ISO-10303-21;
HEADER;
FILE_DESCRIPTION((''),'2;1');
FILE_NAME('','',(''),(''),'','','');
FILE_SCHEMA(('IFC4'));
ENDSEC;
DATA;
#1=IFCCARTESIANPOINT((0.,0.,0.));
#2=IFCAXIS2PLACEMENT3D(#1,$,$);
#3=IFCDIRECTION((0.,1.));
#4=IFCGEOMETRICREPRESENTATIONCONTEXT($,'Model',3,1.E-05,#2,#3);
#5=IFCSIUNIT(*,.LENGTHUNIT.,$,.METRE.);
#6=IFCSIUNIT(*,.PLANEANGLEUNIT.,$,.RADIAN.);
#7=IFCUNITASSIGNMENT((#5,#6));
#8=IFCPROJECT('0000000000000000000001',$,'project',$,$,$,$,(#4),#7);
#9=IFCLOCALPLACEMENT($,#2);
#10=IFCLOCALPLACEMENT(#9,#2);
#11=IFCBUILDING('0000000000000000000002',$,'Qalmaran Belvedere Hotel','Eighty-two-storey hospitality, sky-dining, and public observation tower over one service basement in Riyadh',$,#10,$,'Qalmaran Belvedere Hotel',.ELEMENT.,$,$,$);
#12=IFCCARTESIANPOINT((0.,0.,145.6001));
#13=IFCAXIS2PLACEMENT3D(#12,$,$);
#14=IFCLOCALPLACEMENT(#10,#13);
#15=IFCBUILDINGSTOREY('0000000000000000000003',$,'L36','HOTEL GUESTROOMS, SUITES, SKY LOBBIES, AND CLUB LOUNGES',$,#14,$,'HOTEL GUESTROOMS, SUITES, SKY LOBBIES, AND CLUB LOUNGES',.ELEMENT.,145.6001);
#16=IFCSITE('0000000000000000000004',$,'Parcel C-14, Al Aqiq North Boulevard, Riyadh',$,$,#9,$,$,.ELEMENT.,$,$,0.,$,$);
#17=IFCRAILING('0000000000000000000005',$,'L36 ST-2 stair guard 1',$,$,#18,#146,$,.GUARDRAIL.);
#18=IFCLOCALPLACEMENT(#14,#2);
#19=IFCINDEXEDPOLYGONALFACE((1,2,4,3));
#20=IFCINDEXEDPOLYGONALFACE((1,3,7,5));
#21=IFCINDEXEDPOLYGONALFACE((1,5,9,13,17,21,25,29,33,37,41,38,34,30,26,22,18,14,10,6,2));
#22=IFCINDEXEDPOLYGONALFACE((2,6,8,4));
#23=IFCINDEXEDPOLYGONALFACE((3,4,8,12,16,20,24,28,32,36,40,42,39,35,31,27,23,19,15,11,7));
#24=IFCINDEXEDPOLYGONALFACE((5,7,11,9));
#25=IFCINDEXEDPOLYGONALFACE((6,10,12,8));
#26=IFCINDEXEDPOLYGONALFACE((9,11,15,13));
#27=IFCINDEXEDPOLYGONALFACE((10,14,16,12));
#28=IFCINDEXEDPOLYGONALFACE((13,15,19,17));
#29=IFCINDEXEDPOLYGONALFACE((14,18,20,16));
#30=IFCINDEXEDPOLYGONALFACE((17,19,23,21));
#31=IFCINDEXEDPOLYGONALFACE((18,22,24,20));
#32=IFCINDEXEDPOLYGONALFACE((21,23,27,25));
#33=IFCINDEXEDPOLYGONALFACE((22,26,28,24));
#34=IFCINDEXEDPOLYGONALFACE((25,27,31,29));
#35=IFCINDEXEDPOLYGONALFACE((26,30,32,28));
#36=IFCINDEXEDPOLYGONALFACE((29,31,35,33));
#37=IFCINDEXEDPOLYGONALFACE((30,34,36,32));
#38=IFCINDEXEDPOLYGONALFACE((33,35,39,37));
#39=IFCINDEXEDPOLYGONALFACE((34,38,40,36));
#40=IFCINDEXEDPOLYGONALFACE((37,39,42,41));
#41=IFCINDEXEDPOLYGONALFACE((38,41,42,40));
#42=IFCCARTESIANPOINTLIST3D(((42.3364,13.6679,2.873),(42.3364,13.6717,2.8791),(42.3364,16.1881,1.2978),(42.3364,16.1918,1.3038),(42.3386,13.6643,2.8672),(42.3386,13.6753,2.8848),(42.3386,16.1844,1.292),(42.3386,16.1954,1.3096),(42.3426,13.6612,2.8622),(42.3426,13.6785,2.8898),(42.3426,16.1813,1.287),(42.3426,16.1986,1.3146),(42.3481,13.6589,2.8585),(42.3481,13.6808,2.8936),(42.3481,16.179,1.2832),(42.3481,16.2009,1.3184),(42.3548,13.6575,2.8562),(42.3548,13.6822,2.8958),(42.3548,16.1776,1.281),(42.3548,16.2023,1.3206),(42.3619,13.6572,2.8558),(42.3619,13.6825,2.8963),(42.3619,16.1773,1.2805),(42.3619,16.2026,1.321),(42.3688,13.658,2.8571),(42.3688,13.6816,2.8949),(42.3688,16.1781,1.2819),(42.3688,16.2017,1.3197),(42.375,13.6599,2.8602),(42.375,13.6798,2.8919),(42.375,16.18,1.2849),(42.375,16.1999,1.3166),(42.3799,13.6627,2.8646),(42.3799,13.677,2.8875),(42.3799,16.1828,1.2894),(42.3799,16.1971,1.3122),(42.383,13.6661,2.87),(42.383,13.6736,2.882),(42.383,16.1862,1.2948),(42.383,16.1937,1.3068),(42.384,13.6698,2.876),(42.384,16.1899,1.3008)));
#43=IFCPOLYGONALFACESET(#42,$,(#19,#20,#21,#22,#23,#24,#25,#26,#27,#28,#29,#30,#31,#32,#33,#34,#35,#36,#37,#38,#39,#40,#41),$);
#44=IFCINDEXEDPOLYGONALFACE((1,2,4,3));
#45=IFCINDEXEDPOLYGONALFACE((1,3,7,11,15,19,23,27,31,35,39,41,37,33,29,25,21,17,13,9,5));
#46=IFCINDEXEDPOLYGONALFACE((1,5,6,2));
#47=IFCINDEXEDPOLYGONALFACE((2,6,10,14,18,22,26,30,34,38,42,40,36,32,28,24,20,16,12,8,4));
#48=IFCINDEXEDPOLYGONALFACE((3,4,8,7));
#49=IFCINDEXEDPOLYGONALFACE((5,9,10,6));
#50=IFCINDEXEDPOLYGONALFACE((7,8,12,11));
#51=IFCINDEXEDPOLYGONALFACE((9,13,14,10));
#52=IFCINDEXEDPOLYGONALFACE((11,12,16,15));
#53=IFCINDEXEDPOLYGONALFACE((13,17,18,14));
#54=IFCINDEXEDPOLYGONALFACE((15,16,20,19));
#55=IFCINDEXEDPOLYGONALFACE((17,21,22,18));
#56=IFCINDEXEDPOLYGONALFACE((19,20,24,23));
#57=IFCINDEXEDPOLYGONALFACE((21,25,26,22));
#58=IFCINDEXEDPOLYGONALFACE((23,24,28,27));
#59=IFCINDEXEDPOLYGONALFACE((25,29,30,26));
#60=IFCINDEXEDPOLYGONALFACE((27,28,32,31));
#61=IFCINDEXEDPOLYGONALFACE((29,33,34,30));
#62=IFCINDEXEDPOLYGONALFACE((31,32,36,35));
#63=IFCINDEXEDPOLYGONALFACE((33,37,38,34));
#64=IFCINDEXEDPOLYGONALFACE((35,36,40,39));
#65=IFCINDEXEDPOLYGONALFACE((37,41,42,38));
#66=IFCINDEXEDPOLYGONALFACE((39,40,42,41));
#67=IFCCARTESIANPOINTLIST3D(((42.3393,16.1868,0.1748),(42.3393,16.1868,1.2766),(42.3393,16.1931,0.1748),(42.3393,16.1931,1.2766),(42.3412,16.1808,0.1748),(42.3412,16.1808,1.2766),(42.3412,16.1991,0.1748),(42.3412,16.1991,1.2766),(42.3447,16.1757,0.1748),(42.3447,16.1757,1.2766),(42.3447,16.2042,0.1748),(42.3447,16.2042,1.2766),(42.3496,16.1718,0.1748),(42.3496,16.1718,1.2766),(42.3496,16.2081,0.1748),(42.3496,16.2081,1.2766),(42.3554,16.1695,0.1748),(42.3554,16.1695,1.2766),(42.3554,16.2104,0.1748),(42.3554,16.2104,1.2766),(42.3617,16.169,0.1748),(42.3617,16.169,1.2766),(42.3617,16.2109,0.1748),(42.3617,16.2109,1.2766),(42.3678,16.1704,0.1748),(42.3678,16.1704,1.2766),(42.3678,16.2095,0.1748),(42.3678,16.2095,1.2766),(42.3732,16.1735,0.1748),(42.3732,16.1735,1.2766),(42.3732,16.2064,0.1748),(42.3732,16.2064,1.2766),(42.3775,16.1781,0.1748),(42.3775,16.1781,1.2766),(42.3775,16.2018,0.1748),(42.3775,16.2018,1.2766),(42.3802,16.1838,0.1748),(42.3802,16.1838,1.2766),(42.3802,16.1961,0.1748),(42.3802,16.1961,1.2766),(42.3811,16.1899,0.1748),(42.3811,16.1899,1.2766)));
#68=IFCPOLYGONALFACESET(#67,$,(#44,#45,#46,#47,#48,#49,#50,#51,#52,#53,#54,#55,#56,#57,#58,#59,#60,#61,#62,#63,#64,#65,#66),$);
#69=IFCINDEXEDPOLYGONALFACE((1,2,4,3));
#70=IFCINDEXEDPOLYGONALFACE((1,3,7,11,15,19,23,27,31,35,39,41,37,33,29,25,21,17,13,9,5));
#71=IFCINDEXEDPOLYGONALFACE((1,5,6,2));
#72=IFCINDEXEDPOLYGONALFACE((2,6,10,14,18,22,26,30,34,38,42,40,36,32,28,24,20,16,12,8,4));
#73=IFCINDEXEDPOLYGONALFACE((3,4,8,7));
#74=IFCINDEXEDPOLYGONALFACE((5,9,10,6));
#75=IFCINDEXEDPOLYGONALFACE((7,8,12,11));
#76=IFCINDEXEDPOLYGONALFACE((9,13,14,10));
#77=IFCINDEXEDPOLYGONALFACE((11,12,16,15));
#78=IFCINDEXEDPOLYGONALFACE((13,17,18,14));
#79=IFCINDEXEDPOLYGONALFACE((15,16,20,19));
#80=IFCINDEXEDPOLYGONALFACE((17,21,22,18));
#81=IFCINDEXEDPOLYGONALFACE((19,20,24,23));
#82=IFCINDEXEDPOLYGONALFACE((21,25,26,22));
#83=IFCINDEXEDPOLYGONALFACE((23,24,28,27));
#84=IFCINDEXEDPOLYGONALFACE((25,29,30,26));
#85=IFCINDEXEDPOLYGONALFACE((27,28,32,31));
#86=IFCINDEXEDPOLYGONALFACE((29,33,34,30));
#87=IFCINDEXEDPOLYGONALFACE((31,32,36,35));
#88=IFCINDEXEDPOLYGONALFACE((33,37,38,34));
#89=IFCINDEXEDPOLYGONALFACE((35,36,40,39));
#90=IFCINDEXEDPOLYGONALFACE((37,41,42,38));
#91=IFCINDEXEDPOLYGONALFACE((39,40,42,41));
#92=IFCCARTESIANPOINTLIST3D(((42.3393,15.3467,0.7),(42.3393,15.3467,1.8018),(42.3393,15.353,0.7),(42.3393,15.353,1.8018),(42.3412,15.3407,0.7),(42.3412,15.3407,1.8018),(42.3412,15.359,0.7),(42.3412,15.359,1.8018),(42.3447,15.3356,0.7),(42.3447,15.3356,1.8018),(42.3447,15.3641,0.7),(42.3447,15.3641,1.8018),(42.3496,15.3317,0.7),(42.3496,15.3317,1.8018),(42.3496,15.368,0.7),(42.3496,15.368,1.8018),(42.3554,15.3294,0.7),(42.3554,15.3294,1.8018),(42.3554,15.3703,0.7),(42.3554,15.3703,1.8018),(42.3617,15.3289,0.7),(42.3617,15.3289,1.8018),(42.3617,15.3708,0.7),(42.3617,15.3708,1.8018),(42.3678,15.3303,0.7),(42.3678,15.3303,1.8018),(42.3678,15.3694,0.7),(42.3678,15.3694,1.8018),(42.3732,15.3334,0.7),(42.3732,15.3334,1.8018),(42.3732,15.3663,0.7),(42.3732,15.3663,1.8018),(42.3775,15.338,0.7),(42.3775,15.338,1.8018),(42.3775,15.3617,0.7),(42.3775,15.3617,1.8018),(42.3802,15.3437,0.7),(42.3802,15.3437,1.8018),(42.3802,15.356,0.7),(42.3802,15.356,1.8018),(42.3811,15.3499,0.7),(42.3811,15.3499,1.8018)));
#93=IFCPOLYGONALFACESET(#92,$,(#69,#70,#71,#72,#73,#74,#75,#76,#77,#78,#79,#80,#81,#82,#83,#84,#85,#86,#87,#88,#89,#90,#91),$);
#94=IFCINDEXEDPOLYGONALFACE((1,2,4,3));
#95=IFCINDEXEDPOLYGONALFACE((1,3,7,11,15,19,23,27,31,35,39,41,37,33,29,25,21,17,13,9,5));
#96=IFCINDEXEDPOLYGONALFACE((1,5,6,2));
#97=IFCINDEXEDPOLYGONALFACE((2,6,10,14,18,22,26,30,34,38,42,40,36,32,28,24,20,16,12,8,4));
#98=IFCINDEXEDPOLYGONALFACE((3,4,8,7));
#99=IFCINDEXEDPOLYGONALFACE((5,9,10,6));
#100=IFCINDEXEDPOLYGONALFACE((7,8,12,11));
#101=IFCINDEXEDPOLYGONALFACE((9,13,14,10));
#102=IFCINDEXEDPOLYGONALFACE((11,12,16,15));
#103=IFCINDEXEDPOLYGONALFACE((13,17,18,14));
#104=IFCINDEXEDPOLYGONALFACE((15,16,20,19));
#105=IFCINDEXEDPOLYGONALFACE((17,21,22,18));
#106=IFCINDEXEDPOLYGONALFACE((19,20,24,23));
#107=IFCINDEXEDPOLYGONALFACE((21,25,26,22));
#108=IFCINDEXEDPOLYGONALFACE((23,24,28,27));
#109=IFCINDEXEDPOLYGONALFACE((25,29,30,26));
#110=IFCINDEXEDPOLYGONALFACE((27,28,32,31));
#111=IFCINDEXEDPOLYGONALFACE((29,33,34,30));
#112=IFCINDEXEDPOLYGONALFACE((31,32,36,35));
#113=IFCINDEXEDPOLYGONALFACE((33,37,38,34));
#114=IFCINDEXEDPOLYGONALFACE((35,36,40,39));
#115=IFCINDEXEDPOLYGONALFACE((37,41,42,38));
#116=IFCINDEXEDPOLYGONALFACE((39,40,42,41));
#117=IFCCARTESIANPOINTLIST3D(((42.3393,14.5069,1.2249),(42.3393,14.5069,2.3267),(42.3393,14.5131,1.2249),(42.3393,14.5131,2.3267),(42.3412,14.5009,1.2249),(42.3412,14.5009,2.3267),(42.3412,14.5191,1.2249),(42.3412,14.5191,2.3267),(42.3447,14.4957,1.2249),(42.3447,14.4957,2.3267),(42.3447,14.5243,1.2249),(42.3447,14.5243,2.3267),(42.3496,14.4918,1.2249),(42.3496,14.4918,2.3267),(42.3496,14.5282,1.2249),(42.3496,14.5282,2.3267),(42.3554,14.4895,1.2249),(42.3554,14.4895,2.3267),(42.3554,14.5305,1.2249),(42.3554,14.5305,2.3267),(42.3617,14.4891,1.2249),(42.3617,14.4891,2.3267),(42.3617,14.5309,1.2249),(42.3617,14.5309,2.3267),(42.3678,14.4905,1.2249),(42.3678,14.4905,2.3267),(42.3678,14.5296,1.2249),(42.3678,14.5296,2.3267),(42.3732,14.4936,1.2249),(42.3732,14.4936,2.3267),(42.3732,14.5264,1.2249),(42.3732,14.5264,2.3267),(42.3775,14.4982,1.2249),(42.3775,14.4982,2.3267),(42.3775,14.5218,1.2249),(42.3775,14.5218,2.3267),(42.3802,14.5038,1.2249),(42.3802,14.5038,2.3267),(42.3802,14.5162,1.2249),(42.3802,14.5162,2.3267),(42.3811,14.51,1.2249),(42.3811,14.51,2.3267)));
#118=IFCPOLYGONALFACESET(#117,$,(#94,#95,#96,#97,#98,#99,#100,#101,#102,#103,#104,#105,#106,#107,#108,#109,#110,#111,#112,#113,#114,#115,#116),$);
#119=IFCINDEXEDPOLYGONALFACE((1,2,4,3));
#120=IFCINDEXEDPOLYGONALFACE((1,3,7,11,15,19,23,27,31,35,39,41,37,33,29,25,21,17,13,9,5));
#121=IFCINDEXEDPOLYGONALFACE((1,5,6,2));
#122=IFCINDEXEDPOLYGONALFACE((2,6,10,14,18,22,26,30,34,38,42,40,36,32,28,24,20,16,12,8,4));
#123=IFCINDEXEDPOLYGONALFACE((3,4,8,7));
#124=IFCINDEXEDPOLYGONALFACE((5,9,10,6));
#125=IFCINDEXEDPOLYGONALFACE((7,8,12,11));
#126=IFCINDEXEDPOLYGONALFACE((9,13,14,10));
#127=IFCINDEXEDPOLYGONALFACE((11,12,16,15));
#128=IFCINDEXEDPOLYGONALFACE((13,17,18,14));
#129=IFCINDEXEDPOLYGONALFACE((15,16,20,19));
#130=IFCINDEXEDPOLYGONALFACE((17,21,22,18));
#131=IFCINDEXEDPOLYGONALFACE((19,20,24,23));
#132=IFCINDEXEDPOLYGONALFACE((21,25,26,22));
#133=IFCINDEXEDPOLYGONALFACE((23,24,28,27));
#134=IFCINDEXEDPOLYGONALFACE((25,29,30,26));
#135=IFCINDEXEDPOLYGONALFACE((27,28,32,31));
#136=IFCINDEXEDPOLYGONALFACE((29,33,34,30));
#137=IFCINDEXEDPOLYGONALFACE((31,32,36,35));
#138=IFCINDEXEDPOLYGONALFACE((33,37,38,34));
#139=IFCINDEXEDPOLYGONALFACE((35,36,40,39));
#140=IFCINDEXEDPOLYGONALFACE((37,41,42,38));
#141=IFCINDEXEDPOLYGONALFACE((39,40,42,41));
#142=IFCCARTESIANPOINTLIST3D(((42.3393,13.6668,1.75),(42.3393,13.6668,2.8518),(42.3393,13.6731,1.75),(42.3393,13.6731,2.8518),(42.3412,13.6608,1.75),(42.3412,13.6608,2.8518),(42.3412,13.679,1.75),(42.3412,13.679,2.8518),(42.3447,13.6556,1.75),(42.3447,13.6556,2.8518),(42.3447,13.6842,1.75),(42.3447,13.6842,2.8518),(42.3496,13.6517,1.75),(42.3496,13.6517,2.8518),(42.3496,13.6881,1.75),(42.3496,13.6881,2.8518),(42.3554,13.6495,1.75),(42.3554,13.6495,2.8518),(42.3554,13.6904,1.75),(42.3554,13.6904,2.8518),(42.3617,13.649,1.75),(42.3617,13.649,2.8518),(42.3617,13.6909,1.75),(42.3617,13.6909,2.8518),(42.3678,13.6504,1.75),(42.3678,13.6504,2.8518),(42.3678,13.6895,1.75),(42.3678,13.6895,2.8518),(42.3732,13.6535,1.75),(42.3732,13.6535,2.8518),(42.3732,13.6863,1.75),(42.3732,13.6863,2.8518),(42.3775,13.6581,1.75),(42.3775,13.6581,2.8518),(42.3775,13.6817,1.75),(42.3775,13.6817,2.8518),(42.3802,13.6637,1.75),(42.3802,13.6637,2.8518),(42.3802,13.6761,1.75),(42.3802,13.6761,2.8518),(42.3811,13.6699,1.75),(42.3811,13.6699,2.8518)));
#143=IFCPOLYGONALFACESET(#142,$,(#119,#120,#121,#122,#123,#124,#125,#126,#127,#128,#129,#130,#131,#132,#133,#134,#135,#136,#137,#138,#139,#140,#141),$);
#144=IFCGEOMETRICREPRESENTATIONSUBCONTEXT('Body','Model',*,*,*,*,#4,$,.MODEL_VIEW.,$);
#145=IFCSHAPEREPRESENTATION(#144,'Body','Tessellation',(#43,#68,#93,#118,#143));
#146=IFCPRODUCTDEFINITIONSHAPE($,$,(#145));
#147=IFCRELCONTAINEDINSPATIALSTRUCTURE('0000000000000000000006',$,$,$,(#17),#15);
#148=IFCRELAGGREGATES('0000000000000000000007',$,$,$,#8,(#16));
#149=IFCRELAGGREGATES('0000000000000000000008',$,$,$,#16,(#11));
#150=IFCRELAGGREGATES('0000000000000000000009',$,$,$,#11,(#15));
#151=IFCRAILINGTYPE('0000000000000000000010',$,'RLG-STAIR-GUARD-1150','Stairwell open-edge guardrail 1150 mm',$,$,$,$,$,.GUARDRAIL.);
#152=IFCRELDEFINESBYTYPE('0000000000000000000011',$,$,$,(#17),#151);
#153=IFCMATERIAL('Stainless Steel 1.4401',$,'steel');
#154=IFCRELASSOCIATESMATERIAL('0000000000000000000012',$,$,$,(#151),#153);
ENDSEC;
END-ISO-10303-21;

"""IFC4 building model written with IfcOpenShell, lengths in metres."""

from ifc_helpers import new_model, si_unit, direction, frame, origin, origin_2d, place, context, subcontext, project, spatial, circle, extrude, material, type_object, element, save


model = new_model("IFC4")

# Units and contexts
model_context = context("Model", 3, precision=1e-05, world=origin(), true_north=direction((0.0, 1.0)))
body_context = subcontext(model_context, "Body", "Model", "MODEL_VIEW")
ifc_project = project(units=[si_unit("LENGTHUNIT", "METRE"), si_unit("PLANEANGLEUNIT", "RADIAN")], contexts=[model_context])

# Site, building, storey
site_placement = place(None, origin())
site = spatial("IfcSite", under=ifc_project, at=site_placement, Name="Parcel C-14, Al Aqiq North Boulevard, Riyadh", CompositionType="ELEMENT", RefElevation=0.0)
building_placement = place(site_placement, origin())
building = spatial("IfcBuilding", under=site, at=building_placement, Name="Qalmaran Belvedere Hotel", Description="Eighty-two-storey hospitality, sky-dining, and public observation tower over one service basement in Riyadh", LongName="Qalmaran Belvedere Hotel", CompositionType="ELEMENT")
storey_placement = place(building_placement, frame((0.0, 0.0, 145.6001)))
storey = spatial("IfcBuildingStorey", under=building, at=storey_placement, Name="L36", Description="HOTEL GUESTROOMS, SUITES, SKY LOBBIES, AND CLUB LOUNGES", LongName="HOTEL GUESTROOMS, SUITES, SKY LOBBIES, AND CLUB LOUNGES", CompositionType="ELEMENT", Elevation=145.6001)

# Shared definitions
ifc_material_1 = material(Name="Stainless Steel 1.4401", Category="steel")

# Railing
railing_type_1 = type_object("IfcRailingType", Name="RLG-STAIR-GUARD-1150", Description="Stairwell open-edge guardrail 1150 mm", PredefinedType="GUARDRAIL", material=ifc_material_1)
railing_1_placement = place(storey_placement, frame((42.3601, 16.1899, 0.1748)))
element("IfcRailing", 1, at=railing_1_placement, inside=storey, type_object=railing_type_1, Name="L36 ST-2 stair guard 1", PredefinedType="GUARDRAIL", context=body_context, shape_type="SweptSolid", body=[
    extrude(circle(Radius=0.0239, at=origin_2d()), frame((0.0, 0.0, 1.126), z_axis=(0.0, -0.847971, 0.530043), x_axis=(1.0, 0.0, 0.0)), (0.0, 0.0, 1.0), 2.9719),
    extrude(circle(Radius=0.021, at=origin_2d()), origin(), (0.0, 0.0, 1.0), 1.1018),
    extrude(circle(Radius=0.021, at=origin_2d()), frame((0.0, -0.8401, 0.5251)), (0.0, 0.0, 1.0), 1.1018),
    extrude(circle(Radius=0.021, at=origin_2d()), frame((0.0, -1.6799, 1.05)), (0.0, 0.0, 1.0), 1.1018),
    extrude(circle(Radius=0.021, at=origin_2d()), frame((0.0, -2.52, 1.5752)), (0.0, 0.0, 1.0), 1.1018),
])

save(model, "model.ifc")
